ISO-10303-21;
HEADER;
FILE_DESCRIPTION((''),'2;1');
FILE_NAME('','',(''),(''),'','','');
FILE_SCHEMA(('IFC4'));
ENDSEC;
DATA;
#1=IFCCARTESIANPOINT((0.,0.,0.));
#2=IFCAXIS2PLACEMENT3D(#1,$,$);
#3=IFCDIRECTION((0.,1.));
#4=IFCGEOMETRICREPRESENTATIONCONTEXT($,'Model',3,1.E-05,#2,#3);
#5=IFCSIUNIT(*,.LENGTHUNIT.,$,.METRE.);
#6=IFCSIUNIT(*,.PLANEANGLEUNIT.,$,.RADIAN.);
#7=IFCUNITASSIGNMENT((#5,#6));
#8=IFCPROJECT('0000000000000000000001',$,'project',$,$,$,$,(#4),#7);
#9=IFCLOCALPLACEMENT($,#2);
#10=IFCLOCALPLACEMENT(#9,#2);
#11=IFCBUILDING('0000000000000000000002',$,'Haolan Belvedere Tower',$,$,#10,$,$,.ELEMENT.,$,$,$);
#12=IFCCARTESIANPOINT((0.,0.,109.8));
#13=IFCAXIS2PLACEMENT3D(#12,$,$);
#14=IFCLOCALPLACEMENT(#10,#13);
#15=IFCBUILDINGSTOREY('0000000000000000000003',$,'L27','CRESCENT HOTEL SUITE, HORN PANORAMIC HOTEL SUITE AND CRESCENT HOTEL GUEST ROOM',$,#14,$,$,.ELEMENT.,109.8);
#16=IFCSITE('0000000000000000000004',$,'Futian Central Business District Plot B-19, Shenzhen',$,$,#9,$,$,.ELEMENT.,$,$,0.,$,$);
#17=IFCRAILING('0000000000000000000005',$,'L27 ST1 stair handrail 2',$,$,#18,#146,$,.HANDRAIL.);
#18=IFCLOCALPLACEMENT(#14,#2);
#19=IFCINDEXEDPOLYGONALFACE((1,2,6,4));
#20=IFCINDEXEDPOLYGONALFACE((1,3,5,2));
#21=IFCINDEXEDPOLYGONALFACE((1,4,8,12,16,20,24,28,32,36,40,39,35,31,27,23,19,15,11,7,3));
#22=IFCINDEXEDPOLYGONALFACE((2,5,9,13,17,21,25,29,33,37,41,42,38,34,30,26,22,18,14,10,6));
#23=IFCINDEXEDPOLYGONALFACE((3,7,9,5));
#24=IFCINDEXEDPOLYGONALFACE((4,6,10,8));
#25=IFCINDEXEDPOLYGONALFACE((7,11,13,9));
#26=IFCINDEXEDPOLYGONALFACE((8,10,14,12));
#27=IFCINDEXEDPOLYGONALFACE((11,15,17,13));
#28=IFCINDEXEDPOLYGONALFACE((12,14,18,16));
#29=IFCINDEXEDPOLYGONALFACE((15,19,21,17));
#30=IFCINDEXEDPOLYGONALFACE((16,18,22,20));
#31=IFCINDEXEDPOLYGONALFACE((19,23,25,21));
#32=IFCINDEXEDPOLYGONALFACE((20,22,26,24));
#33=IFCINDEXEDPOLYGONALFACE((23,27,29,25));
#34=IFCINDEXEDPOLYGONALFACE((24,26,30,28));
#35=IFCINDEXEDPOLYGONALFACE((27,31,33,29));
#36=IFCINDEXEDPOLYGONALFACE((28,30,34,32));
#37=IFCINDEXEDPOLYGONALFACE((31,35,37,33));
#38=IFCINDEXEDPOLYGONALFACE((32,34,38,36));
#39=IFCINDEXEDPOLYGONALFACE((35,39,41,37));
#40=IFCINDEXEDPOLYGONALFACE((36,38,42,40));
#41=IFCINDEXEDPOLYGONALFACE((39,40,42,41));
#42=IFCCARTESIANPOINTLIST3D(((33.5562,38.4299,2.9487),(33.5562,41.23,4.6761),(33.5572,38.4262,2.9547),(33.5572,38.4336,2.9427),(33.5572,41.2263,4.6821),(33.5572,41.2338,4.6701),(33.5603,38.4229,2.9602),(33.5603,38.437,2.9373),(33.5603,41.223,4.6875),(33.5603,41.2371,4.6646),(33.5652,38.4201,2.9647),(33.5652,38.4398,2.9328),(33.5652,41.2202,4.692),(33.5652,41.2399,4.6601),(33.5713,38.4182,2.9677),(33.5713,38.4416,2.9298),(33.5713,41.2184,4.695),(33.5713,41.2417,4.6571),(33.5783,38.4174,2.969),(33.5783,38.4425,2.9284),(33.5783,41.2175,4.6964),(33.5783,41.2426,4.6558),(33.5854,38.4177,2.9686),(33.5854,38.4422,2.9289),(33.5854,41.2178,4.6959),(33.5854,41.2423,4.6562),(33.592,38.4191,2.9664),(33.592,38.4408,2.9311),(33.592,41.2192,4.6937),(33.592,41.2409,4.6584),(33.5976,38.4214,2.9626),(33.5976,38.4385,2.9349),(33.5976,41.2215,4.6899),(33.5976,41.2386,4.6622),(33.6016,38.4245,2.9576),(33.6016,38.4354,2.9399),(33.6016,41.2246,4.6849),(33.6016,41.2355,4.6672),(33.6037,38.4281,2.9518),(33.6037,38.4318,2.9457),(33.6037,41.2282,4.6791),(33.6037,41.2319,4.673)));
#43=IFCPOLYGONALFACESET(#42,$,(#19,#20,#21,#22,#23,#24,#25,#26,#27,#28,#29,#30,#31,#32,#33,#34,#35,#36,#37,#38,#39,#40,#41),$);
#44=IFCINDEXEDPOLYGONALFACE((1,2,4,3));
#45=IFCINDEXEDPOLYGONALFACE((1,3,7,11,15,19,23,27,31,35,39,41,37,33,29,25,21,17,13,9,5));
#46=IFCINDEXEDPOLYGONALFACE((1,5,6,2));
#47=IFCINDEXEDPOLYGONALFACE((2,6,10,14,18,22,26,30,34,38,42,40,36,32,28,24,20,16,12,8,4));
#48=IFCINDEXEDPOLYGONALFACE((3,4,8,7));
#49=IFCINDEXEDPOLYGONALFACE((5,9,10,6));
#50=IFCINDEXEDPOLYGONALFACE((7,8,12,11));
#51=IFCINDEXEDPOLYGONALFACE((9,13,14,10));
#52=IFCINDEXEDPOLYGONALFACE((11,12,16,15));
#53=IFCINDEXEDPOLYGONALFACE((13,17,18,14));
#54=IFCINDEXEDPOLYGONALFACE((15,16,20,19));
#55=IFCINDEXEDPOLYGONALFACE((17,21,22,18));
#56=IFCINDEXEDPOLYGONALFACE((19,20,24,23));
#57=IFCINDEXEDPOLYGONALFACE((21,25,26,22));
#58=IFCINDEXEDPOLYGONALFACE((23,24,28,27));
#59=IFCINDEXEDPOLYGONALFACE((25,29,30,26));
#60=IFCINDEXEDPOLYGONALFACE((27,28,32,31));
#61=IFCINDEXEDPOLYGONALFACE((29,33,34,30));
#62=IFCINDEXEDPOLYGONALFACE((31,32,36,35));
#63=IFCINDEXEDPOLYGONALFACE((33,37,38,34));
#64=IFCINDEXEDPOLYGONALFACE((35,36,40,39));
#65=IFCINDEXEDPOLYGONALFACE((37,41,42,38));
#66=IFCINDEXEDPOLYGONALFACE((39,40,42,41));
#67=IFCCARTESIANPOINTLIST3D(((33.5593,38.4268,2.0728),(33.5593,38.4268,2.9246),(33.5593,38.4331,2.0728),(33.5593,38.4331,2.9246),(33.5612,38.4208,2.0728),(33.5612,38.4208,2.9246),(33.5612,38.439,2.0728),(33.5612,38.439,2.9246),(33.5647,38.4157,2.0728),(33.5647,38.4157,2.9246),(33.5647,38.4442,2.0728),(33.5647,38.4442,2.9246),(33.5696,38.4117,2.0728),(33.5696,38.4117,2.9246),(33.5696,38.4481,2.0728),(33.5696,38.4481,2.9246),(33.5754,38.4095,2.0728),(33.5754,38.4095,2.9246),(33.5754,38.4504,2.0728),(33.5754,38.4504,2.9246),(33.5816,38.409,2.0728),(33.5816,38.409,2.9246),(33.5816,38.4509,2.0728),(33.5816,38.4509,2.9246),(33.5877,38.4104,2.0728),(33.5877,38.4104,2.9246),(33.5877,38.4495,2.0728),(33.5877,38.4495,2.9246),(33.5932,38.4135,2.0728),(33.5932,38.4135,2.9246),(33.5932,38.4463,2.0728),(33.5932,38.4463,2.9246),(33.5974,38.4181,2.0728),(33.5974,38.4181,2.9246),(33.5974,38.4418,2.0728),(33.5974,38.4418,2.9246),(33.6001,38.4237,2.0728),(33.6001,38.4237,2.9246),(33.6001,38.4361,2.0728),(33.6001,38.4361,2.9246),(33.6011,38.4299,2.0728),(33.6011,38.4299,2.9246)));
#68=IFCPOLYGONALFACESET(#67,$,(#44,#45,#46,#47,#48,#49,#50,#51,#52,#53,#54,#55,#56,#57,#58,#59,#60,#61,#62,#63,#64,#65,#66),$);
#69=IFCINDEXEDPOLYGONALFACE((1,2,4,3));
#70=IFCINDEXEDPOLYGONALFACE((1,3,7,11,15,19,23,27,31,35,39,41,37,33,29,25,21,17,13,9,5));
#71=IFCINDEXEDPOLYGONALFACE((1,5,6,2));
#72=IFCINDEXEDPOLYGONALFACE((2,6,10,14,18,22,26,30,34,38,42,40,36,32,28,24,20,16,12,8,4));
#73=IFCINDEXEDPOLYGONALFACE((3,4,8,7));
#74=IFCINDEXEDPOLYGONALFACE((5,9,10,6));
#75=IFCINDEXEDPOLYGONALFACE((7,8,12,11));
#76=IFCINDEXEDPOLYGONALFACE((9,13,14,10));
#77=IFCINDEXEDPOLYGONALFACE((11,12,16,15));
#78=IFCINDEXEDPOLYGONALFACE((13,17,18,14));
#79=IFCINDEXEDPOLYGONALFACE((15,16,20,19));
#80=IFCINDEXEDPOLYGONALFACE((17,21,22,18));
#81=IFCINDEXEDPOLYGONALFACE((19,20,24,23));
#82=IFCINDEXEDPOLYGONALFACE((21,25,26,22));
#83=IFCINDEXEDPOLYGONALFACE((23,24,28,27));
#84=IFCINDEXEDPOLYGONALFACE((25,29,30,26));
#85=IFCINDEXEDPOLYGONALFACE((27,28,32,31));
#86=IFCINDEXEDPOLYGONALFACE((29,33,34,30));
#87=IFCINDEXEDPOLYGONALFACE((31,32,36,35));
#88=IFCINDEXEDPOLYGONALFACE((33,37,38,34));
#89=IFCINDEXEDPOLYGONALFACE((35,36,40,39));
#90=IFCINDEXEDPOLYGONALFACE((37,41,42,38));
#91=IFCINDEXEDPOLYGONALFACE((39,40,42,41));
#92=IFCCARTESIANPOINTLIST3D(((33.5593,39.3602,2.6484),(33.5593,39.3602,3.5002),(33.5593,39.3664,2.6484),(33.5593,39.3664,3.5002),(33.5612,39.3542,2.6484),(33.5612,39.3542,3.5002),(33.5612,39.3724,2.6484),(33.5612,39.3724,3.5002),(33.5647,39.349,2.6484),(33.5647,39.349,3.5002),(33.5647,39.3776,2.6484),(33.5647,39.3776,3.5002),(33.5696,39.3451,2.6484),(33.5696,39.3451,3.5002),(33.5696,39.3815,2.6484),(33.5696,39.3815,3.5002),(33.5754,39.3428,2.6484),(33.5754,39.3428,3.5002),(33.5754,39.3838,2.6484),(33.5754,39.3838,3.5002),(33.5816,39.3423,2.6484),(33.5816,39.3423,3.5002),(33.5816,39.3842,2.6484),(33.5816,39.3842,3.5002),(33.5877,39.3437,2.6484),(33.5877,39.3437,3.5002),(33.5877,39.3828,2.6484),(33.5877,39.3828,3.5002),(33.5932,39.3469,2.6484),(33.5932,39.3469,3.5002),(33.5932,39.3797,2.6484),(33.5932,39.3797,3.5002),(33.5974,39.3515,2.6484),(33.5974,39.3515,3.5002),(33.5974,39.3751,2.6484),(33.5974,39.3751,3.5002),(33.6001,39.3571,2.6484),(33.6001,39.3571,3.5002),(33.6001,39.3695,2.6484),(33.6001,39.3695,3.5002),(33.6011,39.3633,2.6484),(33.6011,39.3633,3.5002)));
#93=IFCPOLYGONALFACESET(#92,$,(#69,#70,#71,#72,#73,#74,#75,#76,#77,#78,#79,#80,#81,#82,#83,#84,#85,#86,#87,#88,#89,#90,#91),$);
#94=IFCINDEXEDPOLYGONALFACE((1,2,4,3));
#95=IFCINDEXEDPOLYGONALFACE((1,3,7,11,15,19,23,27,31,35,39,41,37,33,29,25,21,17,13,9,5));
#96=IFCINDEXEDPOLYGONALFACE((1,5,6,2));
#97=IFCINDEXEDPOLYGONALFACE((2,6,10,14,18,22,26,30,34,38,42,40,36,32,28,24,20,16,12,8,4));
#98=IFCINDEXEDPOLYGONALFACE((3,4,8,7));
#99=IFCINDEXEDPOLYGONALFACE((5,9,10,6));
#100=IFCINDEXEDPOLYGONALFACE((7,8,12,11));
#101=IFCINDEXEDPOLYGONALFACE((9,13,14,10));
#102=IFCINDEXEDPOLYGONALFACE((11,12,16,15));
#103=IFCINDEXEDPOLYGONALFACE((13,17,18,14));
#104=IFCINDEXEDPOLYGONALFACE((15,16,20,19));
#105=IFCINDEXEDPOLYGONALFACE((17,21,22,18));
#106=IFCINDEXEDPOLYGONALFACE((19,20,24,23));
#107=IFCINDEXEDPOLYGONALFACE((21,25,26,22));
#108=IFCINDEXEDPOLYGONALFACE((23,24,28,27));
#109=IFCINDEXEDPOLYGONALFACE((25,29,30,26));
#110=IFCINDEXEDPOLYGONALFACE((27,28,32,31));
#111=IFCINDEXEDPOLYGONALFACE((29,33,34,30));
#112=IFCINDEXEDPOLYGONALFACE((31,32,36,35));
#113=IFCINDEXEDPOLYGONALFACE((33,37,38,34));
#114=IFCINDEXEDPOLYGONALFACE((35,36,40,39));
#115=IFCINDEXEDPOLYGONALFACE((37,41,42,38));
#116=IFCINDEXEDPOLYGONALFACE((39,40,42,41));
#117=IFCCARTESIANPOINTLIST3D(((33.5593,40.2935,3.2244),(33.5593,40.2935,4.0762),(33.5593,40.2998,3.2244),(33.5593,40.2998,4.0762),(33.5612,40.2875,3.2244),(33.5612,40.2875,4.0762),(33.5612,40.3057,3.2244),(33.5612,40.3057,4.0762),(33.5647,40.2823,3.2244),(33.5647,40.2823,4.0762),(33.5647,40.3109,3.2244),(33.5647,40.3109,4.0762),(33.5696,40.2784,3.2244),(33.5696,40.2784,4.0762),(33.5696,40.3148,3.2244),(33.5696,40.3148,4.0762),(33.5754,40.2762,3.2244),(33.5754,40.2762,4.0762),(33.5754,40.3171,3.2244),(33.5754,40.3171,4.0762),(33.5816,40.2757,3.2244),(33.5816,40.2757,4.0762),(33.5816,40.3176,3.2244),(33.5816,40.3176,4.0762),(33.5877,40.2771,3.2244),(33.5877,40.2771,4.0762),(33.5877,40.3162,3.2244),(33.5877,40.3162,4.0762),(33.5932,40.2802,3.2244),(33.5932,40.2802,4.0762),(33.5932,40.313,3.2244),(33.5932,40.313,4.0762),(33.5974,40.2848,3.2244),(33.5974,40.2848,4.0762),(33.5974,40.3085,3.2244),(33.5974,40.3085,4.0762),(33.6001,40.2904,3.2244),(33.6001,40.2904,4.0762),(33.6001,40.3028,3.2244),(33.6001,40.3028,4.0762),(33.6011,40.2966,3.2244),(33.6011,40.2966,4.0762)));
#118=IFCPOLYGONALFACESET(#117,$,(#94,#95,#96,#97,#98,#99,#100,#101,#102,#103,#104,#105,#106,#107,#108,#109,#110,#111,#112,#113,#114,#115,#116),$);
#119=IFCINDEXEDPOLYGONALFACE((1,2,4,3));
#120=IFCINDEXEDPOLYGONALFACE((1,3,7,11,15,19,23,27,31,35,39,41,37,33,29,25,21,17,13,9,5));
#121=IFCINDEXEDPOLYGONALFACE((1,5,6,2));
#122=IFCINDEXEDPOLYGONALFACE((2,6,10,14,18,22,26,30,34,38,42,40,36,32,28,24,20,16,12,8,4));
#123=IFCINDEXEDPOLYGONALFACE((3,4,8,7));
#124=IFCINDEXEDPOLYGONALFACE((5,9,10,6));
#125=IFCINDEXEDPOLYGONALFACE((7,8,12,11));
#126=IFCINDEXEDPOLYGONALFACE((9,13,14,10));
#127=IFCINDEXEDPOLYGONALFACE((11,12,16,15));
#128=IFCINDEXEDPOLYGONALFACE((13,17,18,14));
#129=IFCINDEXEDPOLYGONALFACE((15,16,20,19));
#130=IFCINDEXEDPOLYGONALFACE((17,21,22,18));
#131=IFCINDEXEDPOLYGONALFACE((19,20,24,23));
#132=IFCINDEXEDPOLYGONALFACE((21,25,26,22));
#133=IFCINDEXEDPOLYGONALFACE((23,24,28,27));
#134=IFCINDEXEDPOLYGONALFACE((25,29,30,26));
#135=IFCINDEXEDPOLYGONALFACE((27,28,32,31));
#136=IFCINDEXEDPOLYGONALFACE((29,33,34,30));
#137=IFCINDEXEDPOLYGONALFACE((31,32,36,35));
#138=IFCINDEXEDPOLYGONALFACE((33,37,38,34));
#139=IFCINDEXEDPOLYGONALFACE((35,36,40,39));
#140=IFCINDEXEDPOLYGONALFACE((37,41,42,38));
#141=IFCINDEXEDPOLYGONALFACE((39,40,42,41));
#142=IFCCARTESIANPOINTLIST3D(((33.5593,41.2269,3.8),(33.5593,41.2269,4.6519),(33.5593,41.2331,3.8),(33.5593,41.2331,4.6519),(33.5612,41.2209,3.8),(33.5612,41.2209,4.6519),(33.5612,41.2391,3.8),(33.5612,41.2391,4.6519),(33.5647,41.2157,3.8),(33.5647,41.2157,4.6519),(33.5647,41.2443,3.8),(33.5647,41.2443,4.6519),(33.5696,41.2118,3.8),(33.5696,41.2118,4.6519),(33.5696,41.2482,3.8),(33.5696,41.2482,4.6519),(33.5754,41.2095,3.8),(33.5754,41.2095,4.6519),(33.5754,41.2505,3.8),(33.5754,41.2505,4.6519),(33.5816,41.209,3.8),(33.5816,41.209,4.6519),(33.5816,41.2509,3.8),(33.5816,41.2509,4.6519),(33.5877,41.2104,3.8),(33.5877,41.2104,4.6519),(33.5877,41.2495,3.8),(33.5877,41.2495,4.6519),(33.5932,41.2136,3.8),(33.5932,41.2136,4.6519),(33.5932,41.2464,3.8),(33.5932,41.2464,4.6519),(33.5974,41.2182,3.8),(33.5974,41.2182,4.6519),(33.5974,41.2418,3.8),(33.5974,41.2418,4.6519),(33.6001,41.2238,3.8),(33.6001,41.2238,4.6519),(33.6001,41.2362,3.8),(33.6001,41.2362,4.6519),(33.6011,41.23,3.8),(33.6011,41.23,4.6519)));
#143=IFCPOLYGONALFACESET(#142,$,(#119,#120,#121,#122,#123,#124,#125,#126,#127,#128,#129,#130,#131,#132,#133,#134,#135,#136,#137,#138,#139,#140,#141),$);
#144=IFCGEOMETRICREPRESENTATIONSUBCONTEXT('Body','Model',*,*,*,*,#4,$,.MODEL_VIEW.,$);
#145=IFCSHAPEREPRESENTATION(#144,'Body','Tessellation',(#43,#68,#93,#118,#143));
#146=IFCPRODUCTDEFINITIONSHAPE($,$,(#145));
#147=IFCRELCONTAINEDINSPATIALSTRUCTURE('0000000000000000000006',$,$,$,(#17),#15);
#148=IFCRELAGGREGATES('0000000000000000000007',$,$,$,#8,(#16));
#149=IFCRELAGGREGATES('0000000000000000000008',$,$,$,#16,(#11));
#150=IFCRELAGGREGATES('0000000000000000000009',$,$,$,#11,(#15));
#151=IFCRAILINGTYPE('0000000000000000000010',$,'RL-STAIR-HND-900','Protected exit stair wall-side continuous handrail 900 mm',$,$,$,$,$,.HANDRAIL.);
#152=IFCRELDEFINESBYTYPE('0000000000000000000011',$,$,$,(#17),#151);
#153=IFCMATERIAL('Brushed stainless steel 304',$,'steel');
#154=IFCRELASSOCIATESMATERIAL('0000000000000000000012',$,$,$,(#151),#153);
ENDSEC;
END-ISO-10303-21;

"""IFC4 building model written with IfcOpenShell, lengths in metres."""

from ifc_helpers import new_model, si_unit, direction, frame, origin, origin_2d, place, context, subcontext, project, spatial, circle, extrude, material, type_object, element, save


model = new_model("IFC4")

# Units and contexts
model_context = context("Model", 3, precision=1e-05, world=origin(), true_north=direction((0.0, 1.0)))
body_context = subcontext(model_context, "Body", "Model", "MODEL_VIEW")
ifc_project = project(units=[si_unit("LENGTHUNIT", "METRE"), si_unit("PLANEANGLEUNIT", "RADIAN")], contexts=[model_context])

# Site, building, storey
site_placement = place(None, origin())
site = spatial("IfcSite", under=ifc_project, at=site_placement, Name="Futian Central Business District Plot B-19, Shenzhen", CompositionType="ELEMENT", RefElevation=0.0)
building_placement = place(site_placement, origin())
building = spatial("IfcBuilding", under=site, at=building_placement, Name="Haolan Belvedere Tower", CompositionType="ELEMENT")
storey_placement = place(building_placement, frame((0.0, 0.0, 109.8)))
storey = spatial("IfcBuildingStorey", under=building, at=storey_placement, Name="L27", Description="CRESCENT HOTEL SUITE, HORN PANORAMIC HOTEL SUITE AND CRESCENT HOTEL GUEST ROOM", CompositionType="ELEMENT", Elevation=109.8)

# Railing
ifc_material_1 = material(Name="Brushed stainless steel 304", Category="steel")
railing_type_1 = type_object("IfcRailingType", Name="RL-STAIR-HND-900", Description="Protected exit stair wall-side continuous handrail 900 mm", PredefinedType="HANDRAIL", material=ifc_material_1)
railing_1_placement = place(storey_placement, frame((33.5801, 38.4299, 2.0728)))
element("IfcRailing", 1, at=railing_1_placement, inside=storey, type_object=railing_type_1, Name="L27 ST1 stair handrail 2", PredefinedType="HANDRAIL", context=body_context, shape_type="SweptSolid", body=[
    extrude(circle(Radius=0.0239, at=origin_2d()), frame((0.0, 0.0, 0.876), z_axis=(0.0, 0.85109, 0.52502), x_axis=(-1.0, 0.0, 0.0)), (0.0, 0.0, 1.0), 3.29),
    extrude(circle(Radius=0.021, at=origin_2d()), origin(), (0.0, 0.0, 1.0), 0.8518),
    extrude(circle(Radius=0.021, at=origin_2d()), frame((0.0, 0.9333, 0.5757)), (0.0, 0.0, 1.0), 0.8518),
    extrude(circle(Radius=0.021, at=origin_2d()), frame((0.0, 1.8667, 1.1516)), (0.0, 0.0, 1.0), 0.8518),
    extrude(circle(Radius=0.021, at=origin_2d()), frame((0.0, 2.8, 1.7273)), (0.0, 0.0, 1.0), 0.8518),
])

save(model, "model.ifc")
